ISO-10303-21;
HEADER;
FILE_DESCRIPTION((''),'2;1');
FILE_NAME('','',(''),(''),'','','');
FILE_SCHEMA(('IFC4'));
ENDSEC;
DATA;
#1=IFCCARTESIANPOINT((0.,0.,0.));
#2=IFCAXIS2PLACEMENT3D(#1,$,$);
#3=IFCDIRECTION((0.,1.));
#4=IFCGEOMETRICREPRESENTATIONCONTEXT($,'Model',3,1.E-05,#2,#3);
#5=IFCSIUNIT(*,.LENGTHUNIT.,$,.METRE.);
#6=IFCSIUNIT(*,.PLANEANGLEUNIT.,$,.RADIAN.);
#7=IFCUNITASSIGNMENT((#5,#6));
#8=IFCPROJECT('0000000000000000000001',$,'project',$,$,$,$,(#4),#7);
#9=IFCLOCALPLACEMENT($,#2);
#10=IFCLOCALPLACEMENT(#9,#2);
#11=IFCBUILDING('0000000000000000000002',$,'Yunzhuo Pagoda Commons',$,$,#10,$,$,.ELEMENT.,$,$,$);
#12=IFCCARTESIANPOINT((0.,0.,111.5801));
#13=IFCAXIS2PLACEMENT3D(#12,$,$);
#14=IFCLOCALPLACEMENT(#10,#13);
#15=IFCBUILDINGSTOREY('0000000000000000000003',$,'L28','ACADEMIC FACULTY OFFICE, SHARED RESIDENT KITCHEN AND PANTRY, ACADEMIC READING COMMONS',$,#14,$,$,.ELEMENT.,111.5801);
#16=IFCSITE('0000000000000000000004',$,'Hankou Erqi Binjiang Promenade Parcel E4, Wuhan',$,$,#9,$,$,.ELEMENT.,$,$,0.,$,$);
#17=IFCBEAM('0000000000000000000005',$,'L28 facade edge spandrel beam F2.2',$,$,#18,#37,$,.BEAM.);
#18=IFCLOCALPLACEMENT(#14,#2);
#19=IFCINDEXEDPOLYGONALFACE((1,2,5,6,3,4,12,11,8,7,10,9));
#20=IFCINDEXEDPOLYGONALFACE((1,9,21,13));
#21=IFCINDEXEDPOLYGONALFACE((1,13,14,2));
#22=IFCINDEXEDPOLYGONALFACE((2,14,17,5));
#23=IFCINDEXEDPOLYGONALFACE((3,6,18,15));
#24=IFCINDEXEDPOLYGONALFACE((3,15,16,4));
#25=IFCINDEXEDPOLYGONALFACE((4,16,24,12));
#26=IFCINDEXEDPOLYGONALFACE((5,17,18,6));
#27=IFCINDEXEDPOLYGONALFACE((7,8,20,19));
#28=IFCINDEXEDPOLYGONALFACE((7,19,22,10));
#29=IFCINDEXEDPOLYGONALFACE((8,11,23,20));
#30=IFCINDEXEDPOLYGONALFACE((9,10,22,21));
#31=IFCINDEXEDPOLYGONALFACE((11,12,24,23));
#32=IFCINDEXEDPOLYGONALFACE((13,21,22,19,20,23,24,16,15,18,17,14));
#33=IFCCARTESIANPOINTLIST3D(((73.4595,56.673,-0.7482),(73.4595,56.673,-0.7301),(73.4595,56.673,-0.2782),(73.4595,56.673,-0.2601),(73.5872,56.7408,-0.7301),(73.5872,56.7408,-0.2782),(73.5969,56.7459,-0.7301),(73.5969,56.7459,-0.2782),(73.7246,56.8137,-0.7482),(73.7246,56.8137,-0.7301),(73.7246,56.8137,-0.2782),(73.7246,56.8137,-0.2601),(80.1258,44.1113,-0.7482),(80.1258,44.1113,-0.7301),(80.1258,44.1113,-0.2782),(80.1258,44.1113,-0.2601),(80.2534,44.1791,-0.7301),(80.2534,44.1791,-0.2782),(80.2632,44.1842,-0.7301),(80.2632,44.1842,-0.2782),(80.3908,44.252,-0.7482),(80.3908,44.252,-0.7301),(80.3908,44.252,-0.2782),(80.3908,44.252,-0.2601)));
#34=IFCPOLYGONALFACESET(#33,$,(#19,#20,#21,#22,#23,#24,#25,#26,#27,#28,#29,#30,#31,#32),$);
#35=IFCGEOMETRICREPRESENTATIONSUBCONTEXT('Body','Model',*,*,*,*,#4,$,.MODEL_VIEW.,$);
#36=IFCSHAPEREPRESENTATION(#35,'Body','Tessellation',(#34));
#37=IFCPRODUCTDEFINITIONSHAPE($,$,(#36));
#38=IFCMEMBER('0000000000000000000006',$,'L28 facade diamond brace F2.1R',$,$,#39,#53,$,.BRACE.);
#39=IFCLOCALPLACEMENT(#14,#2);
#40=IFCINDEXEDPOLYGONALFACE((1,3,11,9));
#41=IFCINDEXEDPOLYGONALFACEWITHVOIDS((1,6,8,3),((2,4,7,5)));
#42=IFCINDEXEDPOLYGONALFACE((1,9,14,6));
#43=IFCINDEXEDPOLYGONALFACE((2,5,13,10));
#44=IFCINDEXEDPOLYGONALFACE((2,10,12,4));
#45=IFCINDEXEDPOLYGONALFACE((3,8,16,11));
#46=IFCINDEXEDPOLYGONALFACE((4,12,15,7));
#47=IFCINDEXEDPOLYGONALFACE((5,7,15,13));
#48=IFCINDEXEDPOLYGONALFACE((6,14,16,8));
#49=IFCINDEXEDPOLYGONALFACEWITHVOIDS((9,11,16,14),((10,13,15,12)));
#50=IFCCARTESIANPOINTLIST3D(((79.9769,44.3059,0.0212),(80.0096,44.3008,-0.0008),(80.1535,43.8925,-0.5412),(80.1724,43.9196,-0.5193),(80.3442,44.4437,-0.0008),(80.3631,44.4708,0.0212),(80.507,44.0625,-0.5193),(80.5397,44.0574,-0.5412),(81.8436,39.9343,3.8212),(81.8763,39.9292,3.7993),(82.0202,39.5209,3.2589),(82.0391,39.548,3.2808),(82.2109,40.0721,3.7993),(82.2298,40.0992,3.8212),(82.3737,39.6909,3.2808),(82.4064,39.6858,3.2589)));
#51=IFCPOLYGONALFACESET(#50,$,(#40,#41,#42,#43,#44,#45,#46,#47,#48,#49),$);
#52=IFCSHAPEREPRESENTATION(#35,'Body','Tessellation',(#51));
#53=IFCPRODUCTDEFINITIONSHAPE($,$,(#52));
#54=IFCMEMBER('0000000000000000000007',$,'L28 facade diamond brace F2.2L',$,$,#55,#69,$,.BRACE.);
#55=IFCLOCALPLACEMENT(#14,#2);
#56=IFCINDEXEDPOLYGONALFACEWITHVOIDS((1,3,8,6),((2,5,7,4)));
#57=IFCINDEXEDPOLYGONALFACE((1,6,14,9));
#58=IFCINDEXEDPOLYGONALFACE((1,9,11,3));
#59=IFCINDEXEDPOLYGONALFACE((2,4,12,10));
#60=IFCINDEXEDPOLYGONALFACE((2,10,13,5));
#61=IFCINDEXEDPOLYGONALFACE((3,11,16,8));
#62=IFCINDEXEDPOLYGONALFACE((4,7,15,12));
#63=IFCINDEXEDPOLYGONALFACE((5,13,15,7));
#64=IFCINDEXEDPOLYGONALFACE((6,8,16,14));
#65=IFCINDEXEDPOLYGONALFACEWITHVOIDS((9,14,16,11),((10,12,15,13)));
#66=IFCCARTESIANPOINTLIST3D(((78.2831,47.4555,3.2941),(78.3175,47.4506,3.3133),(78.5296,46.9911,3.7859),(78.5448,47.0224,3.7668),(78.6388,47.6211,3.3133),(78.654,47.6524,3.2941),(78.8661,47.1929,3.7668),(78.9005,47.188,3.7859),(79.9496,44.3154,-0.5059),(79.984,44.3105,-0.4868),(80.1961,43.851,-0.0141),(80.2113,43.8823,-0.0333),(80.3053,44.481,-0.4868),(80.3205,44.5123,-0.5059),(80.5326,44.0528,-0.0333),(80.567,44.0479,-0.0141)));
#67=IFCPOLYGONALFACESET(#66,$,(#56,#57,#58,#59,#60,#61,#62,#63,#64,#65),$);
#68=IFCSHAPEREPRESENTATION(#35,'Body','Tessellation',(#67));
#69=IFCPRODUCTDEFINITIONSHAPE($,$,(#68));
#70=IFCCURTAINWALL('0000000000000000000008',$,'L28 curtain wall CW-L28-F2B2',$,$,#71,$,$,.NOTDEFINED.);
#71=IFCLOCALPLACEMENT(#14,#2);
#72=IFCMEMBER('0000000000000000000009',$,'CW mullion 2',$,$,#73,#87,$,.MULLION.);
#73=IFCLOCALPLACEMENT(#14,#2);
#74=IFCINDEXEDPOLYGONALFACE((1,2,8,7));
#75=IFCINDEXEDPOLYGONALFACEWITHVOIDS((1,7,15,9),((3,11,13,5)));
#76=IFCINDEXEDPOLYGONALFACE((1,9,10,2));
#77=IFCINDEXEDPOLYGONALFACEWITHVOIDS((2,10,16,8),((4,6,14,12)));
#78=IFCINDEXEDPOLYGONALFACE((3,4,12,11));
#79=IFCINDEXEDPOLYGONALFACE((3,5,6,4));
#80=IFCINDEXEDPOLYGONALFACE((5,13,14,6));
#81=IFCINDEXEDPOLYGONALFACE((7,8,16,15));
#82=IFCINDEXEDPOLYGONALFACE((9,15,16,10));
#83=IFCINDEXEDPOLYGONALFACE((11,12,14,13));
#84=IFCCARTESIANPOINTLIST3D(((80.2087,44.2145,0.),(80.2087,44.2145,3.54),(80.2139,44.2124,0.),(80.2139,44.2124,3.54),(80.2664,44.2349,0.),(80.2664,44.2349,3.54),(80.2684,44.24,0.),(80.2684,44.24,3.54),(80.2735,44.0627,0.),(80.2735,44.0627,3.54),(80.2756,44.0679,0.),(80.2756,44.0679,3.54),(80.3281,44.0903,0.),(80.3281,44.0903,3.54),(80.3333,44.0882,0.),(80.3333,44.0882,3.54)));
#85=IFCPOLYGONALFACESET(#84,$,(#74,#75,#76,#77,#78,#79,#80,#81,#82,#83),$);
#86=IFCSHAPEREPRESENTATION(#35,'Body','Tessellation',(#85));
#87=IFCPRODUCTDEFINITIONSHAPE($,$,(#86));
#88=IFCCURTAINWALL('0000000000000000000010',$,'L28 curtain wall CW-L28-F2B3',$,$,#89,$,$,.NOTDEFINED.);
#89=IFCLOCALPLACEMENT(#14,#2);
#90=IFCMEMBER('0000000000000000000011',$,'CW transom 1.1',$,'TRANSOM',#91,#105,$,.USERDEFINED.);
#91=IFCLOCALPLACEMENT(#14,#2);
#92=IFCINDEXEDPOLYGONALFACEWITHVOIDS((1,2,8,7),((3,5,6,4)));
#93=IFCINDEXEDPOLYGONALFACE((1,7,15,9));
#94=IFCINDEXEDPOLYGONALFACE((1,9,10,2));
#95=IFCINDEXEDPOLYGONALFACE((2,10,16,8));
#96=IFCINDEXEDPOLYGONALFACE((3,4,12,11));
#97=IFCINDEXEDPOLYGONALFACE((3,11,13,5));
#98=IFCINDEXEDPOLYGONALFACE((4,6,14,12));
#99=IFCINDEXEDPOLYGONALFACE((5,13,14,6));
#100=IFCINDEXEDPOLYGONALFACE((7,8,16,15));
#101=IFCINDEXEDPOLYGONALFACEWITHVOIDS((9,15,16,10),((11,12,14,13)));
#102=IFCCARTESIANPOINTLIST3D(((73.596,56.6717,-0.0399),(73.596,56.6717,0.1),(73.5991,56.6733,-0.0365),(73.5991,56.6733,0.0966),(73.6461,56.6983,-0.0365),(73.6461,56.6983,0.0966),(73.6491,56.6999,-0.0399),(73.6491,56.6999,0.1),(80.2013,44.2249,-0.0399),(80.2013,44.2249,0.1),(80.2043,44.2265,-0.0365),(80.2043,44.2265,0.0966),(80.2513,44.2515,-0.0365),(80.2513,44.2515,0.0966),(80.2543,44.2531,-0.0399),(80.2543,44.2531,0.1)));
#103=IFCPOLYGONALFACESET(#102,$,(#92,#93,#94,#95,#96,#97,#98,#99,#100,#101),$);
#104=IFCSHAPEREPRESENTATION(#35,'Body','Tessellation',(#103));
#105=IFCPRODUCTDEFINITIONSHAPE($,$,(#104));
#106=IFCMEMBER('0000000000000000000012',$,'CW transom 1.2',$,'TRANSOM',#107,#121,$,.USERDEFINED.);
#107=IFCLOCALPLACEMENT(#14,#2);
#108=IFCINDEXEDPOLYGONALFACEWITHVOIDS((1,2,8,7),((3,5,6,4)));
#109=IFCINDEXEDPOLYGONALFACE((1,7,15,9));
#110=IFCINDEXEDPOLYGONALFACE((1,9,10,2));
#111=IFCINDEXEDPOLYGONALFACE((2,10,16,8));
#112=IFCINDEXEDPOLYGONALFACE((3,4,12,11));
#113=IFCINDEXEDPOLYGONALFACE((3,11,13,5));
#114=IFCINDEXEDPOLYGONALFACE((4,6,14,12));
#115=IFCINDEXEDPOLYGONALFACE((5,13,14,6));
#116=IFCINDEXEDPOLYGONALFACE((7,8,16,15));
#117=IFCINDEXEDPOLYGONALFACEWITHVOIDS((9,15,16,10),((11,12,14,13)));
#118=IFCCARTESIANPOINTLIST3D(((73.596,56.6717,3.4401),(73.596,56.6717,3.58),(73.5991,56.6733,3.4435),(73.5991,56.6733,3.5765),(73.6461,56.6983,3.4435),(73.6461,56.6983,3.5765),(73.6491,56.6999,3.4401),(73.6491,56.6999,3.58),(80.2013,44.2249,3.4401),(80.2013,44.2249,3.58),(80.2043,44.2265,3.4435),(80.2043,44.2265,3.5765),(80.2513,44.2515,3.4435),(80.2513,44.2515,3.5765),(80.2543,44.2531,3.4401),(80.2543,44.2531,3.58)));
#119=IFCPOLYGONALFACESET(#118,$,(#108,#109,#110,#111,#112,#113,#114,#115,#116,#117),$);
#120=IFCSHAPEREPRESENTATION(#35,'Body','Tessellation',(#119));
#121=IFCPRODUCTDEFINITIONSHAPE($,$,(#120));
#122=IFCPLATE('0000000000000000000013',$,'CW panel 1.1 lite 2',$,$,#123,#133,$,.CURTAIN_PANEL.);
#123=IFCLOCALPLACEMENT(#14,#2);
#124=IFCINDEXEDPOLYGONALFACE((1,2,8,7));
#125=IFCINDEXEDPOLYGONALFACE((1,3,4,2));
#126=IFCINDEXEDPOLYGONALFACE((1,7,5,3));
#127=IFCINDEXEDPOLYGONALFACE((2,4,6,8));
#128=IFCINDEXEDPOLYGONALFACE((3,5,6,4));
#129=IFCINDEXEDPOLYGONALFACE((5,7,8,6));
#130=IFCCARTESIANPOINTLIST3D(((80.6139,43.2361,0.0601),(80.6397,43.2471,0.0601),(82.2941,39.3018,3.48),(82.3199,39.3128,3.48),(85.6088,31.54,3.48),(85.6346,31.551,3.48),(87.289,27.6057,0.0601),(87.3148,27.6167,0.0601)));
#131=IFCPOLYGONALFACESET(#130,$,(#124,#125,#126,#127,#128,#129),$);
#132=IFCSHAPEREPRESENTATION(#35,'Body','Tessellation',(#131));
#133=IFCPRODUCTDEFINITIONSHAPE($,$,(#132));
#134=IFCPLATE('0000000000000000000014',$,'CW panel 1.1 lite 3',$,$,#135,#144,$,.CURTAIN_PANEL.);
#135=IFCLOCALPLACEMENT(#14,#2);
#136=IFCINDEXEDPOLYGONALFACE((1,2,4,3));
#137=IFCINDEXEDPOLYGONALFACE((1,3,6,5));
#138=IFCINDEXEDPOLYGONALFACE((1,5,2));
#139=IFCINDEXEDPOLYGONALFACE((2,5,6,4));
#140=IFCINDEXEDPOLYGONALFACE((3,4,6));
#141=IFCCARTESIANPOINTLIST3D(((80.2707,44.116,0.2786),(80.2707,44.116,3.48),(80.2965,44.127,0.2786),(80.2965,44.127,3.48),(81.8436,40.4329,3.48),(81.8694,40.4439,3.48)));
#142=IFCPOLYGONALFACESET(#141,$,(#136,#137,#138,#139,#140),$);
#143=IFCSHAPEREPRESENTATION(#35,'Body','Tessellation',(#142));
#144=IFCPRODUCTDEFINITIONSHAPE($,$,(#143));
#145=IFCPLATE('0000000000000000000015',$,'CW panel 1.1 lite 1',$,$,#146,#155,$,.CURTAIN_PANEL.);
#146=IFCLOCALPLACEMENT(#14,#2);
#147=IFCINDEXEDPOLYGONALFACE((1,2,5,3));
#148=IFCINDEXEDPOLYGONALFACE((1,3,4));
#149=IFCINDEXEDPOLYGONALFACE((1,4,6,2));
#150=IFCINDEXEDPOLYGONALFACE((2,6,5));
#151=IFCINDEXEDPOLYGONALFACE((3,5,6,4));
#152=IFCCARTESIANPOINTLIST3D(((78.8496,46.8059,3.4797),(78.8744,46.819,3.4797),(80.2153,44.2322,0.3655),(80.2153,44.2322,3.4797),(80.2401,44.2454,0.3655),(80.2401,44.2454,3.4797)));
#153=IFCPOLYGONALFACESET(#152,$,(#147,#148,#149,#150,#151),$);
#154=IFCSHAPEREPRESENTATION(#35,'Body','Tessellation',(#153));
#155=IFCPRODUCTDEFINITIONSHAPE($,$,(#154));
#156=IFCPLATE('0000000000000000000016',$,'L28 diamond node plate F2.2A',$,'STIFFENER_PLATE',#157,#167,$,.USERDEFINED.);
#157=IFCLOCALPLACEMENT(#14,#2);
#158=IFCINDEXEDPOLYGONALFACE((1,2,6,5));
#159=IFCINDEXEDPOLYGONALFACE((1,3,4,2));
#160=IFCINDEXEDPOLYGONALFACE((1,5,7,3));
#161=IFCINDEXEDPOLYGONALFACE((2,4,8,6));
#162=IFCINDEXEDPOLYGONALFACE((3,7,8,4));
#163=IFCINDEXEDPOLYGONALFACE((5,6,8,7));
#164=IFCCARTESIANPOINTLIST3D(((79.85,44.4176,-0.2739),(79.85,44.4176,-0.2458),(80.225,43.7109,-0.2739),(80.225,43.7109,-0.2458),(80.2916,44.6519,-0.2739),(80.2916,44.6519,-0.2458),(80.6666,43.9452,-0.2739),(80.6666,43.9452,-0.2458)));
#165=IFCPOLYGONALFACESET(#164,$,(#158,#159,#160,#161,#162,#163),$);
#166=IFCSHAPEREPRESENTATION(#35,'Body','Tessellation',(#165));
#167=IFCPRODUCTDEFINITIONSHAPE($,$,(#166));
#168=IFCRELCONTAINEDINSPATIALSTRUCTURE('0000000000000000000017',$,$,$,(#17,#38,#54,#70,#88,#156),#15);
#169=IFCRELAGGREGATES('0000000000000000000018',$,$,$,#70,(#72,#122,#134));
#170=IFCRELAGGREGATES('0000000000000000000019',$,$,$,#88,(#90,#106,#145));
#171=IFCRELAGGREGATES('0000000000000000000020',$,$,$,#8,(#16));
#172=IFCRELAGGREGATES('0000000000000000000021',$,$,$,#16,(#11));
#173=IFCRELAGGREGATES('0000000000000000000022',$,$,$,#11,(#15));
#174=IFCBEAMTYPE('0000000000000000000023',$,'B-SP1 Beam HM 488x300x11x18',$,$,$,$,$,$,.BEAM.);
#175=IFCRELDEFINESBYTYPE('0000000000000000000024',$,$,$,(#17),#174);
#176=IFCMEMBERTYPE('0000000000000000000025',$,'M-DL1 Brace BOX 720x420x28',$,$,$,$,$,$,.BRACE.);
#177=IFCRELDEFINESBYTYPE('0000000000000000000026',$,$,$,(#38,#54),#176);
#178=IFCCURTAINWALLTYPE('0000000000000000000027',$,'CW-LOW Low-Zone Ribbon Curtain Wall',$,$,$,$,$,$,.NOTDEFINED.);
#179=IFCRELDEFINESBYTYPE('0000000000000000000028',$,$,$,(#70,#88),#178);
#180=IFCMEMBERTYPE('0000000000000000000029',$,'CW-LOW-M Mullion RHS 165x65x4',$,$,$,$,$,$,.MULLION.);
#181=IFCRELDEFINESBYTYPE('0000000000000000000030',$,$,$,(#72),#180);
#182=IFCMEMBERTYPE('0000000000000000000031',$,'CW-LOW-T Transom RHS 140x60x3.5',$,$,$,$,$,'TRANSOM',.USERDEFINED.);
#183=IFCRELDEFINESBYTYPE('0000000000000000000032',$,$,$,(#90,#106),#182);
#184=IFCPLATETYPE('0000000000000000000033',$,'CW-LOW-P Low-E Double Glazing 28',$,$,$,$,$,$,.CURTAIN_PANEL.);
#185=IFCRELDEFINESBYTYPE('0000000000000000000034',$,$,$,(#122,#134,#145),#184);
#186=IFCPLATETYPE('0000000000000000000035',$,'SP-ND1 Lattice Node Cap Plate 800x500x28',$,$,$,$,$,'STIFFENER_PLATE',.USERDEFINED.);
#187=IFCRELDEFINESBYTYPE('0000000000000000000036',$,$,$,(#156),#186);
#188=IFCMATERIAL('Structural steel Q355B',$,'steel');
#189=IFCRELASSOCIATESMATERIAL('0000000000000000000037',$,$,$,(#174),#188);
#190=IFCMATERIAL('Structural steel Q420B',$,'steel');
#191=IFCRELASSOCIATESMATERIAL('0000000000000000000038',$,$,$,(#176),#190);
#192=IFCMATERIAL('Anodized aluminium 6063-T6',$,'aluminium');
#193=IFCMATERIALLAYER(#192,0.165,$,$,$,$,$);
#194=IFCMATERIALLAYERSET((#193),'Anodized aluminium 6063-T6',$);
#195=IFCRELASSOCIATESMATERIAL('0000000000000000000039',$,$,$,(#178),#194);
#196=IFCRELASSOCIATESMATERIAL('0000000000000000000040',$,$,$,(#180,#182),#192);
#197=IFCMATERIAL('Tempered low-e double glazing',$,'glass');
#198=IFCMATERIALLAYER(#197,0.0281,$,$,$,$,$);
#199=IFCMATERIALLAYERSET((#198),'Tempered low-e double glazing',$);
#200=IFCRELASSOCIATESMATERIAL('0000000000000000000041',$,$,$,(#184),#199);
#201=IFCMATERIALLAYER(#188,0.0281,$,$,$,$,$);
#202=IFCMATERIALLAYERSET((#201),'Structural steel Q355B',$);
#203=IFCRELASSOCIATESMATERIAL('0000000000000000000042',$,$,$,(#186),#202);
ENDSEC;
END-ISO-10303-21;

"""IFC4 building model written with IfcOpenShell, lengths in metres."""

from ifc_helpers import new_model, si_unit, direction, frame, origin, origin_2d, place, context, subcontext, project, spatial, polyline, rectangle, hollow_rectangle, i_section, outline, extrude, source, transform, mapped, material, layer, layer_set, material_profile, profile_set, type_object, element, aggregate, save


model = new_model("IFC4")

# Units and contexts
model_context = context("Model", 3, precision=1e-05, world=origin(), true_north=direction((0.0, 1.0)))
body_context = subcontext(model_context, "Body", "Model", "MODEL_VIEW")
ifc_project = project(units=[si_unit("LENGTHUNIT", "METRE"), si_unit("PLANEANGLEUNIT", "RADIAN")], contexts=[model_context])

# Site, building, storey
site_placement = place(None, origin())
site = spatial("IfcSite", under=ifc_project, at=site_placement, Name="Hankou Erqi Binjiang Promenade Parcel E4, Wuhan", CompositionType="ELEMENT", RefElevation=0.0)
building_placement = place(site_placement, origin())
building = spatial("IfcBuilding", under=site, at=building_placement, Name="Yunzhuo Pagoda Commons", CompositionType="ELEMENT")
storey_placement = place(building_placement, frame((0.0, 0.0, 111.5801)))
storey = spatial("IfcBuildingStorey", under=building, at=storey_placement, Name="L28", Description="ACADEMIC FACULTY OFFICE, SHARED RESIDENT KITCHEN AND PANTRY, ACADEMIC READING COMMONS", CompositionType="ELEMENT", Elevation=111.5801)

# Shared definitions
ifc_material_1 = material(Name="Structural steel Q420B", Category="steel")

# Beam
ifc_material_2 = material(Name="Structural steel Q355B", Category="steel")
ifc_material_profile_1 = material_profile(ifc_material_2, i_section(OverallWidth=0.3, OverallDepth=0.488, WebThickness=0.011, FlangeThickness=0.0181, at=origin_2d()), Name="Structural steel Q355B")
ifc_profile_set_1 = profile_set([ifc_material_profile_1], Name="Structural steel Q355B")
beam_type_1 = type_object("IfcBeamType", Name="B-SP1 Beam HM 488x300x11x18", PredefinedType="BEAM", material=ifc_profile_set_1)
shared_shape_1 = source(origin(), body_context, "Body", "SweptSolid", [
    extrude(i_section(OverallWidth=0.3, OverallDepth=0.488, WebThickness=0.011, FlangeThickness=0.0181, at=origin_2d()), origin(), (0.0, 0.0, 1.0), 14.2209),
])
beam_1_placement = place(storey_placement, frame((80.2583, 44.1816, -0.5042), z_axis=(-0.468761, 0.883325, 0.0), x_axis=(-0.883325, -0.468761, 0.0)))
element("IfcBeam", 1, at=beam_1_placement, inside=storey, type_object=beam_type_1, Name="L28 facade edge spandrel beam F2.2", PredefinedType="BEAM", context=body_context, shape_type="MappedRepresentation", body=[
    mapped(shared_shape_1, transform((0.0, 0.0, 0.0), scale=1.0)),
])

# Members
ifc_material_profile_2 = material_profile(ifc_material_1, hollow_rectangle(XDim=0.4199, YDim=0.72, WallThickness=0.0281, at=origin_2d()), Name="Structural steel Q420B")
ifc_profile_set_2 = profile_set([ifc_material_profile_2], Name="Structural steel Q420B")
member_type_1 = type_object("IfcMemberType", Name="M-DL1 Brace BOX 720x420x28", PredefinedType="BRACE", material=ifc_profile_set_2)
shared_shape_2 = source(origin(), body_context, "Body", "SweptSolid", [
    extrude(hollow_rectangle(XDim=0.4199, YDim=0.72, WallThickness=0.0281, at=origin_2d()), origin(), (0.0, 0.0, 1.0), 6.0857),
])
member_1_placement = place(storey_placement, frame((80.2583, 44.1816, -0.26), z_axis=(0.306736, -0.718338, 0.624423), x_axis=(0.919665, 0.392704, 0.0)))
element("IfcMember", 2, at=member_1_placement, inside=storey, type_object=member_type_1, Name="L28 facade diamond brace F2.1R", PredefinedType="BRACE", context=body_context, shape_type="MappedRepresentation", body=[
    mapped(shared_shape_2, transform((0.0, 0.0, 0.0), scale=1.0)),
])
shared_shape_3 = source(origin(), body_context, "Body", "SweptSolid", [
    extrude(hollow_rectangle(XDim=0.4199, YDim=0.72, WallThickness=0.0281, at=origin_2d()), origin(), (0.0, 0.0, 1.0), 5.2036),
])
member_2_placement = place(storey_placement, frame((80.2583, 44.1816, -0.26), z_axis=(-0.320256, 0.603448, 0.730265), x_axis=(-0.883313, -0.468784, 0.0)))
element("IfcMember", 3, at=member_2_placement, inside=storey, type_object=member_type_1, Name="L28 facade diamond brace F2.2L", PredefinedType="BRACE", context=body_context, shape_type="MappedRepresentation", body=[
    mapped(shared_shape_3, transform((0.0, 0.0, 0.0), scale=1.0)),
])

# Curtain wall, member
ifc_material_3 = material(Name="Anodized aluminium 6063-T6", Category="aluminium")
ifc_layer_1 = layer(ifc_material_3, 0.165)
ifc_layer_set_1 = layer_set([ifc_layer_1], Name="Anodized aluminium 6063-T6")
curtain_wall_type = type_object("IfcCurtainWallType", Name="CW-LOW Low-Zone Ribbon Curtain Wall", PredefinedType="NOTDEFINED", material=ifc_layer_set_1)
curtain_wall_1_placement = place(storey_placement, origin())
curtain_wall_1 = element("IfcCurtainWall", 4, at=curtain_wall_1_placement, inside=storey, type_object=curtain_wall_type, Name="L28 curtain wall CW-L28-F2B2", PredefinedType="NOTDEFINED")
ifc_material_profile_3 = material_profile(ifc_material_3, hollow_rectangle(XDim=0.0649, YDim=0.165, WallThickness=0.0039, at=origin_2d()), Name="Anodized aluminium 6063-T6")
ifc_profile_set_3 = profile_set([ifc_material_profile_3], Name="Anodized aluminium 6063-T6")
member_type_2 = type_object("IfcMemberType", Name="CW-LOW-M Mullion RHS 165x65x4", PredefinedType="MULLION", material=ifc_profile_set_3)
shared_shape_4 = source(origin(), body_context, "Body", "SweptSolid", [
    extrude(hollow_rectangle(XDim=0.0649, YDim=0.165, WallThickness=0.0039, at=origin_2d()), origin(), (0.0, 0.0, 1.0), 3.54),
])
member_3_placement = place(storey_placement, frame((80.271, 44.1514, 0.0), z_axis=(0.0, 0.0, 1.0), x_axis=(-0.919649, -0.392742, 0.0)))
member_3 = element("IfcMember", 5, at=member_3_placement, type_object=member_type_2, Name="CW mullion 2", PredefinedType="MULLION", context=body_context, shape_type="MappedRepresentation", body=[
    mapped(shared_shape_4, transform((0.0, 0.0, 0.0), scale=1.0)),
])

# Curtain wall, members
curtain_wall_2_placement = place(storey_placement, origin())
curtain_wall_2 = element("IfcCurtainWall", 6, at=curtain_wall_2_placement, inside=storey, type_object=curtain_wall_type, Name="L28 curtain wall CW-L28-F2B3", PredefinedType="NOTDEFINED")
ifc_material_profile_4 = material_profile(ifc_material_3, hollow_rectangle(XDim=0.0601, YDim=0.1399, WallThickness=0.0034, at=origin_2d()), Name="Anodized aluminium 6063-T6")
ifc_profile_set_4 = profile_set([ifc_material_profile_4], Name="Anodized aluminium 6063-T6")
member_type_3 = type_object("IfcMemberType", Name="CW-LOW-T Transom RHS 140x60x3.5", ElementType="TRANSOM", PredefinedType="USERDEFINED", material=ifc_profile_set_4)
shared_shape_5 = source(origin(), body_context, "Body", "SweptSolid", [
    extrude(hollow_rectangle(XDim=0.0601, YDim=0.1399, WallThickness=0.0034, at=origin_2d()), origin(), (0.0, 0.0, 1.0), 14.0908),
])
member_4_placement = place(storey_placement, frame((80.2278, 44.239, 0.03), z_axis=(-0.468761, 0.883325, 0.0), x_axis=(-0.883325, -0.468761, 0.0)))
member_4 = element("IfcMember", 7, at=member_4_placement, type_object=member_type_3, Name="CW transom 1.1", ObjectType="TRANSOM", PredefinedType="USERDEFINED", context=body_context, shape_type="MappedRepresentation", body=[
    mapped(shared_shape_5, transform((0.0, 0.0, 0.0), scale=1.0)),
])
member_5_placement = place(storey_placement, frame((80.2278, 44.239, 3.51), z_axis=(-0.468761, 0.883325, 0.0), x_axis=(-0.883325, -0.468761, 0.0)))
member_5 = element("IfcMember", 8, at=member_5_placement, type_object=member_type_3, Name="CW transom 1.2", ObjectType="TRANSOM", PredefinedType="USERDEFINED", context=body_context, shape_type="MappedRepresentation", body=[
    mapped(shared_shape_5, transform((0.0, 0.0, 0.0), scale=1.0)),
])

# Plates
ifc_material_4 = material(Name="Tempered low-e double glazing", Category="glass")
ifc_layer_2 = layer(ifc_material_4, 0.0281)
ifc_layer_set_2 = layer_set([ifc_layer_2], Name="Tempered low-e double glazing")
plate_type_1 = type_object("IfcPlateType", Name="CW-LOW-P Low-E Double Glazing 28", PredefinedType="CURTAIN_PANEL", material=ifc_layer_set_2)
plate_1_placement = place(storey_placement, frame((83.9514, 35.4209, 1.77), z_axis=(0.919649, 0.392742, 0.0), x_axis=(-0.392742, 0.919649, 0.0)))
plate_1 = element("IfcPlate", 9, at=plate_1_placement, type_object=plate_type_1, Name="CW panel 1.1 lite 2", PredefinedType="CURTAIN_PANEL", context=body_context, shape_type="SweptSolid", body=[
    extrude(outline(polyline([(-8.498, -1.71), (8.498, -1.71), (4.22, 1.71), (-4.22, 1.71), (-8.498, -1.71)])), origin(), (0.0, 0.0, 1.0), 0.0281),
])
plate_2_placement = place(storey_placement, frame((81.0571, 42.2744, 1.8792), z_axis=(0.919649, 0.392742, 0.0), x_axis=(-0.392742, 0.919649, 0.0)))
plate_2 = element("IfcPlate", 10, at=plate_2_placement, type_object=plate_type_1, Name="CW panel 1.1 lite 3", PredefinedType="CURTAIN_PANEL", context=body_context, shape_type="SweptSolid", body=[
    extrude(outline(polyline([(-2.0024, 1.6008), (2.0024, -1.6006), (2.0024, 1.6008), (-2.0024, 1.6008)])), origin(), (0.0, 0.0, 1.0), 0.0281),
])
aggregate(curtain_wall_1, [member_3, plate_1, plate_2])
plate_3_placement = place(storey_placement, frame((79.5325, 45.519, 1.9226), z_axis=(0.883333, 0.468746, 0.0), x_axis=(-0.468746, 0.883333, 0.0)))
plate_3 = element("IfcPlate", 11, at=plate_3_placement, type_object=plate_type_1, Name="CW panel 1.1 lite 1", PredefinedType="CURTAIN_PANEL", context=body_context, shape_type="SweptSolid", body=[
    extrude(outline(polyline([(-1.4568, -1.5571), (1.4568, 1.5571), (-1.4568, 1.5571), (-1.4568, -1.5571)])), origin(), (0.0, 0.0, 1.0), 0.0281),
])
aggregate(curtain_wall_2, [member_4, member_5, plate_3])

# Plate
ifc_layer_3 = layer(ifc_material_2, 0.0281)
ifc_layer_set_3 = layer_set([ifc_layer_3], Name="Structural steel Q355B")
plate_type_2 = type_object("IfcPlateType", Name="SP-ND1 Lattice Node Cap Plate 800x500x28", ElementType="STIFFENER_PLATE", PredefinedType="USERDEFINED", material=ifc_layer_set_3)
shared_shape_6 = source(origin(), body_context, "Body", "SweptSolid", [
    extrude(rectangle(XDim=0.8, YDim=0.5, at=origin_2d()), origin(), (0.0, 0.0, 1.0), 0.0281),
])
plate_4_placement = place(storey_placement, frame((80.2583, 44.1814, -0.2739), z_axis=(0.0, 0.0, 1.0), x_axis=(-0.468747, 0.883332, 0.0)))
element("IfcPlate", 12, at=plate_4_placement, inside=storey, type_object=plate_type_2, Name="L28 diamond node plate F2.2A", ObjectType="STIFFENER_PLATE", PredefinedType="USERDEFINED", context=body_context, shape_type="MappedRepresentation", body=[
    mapped(shared_shape_6, transform((0.0, 0.0, 0.0), scale=1.0)),
])

save(model, "model.ifc")
